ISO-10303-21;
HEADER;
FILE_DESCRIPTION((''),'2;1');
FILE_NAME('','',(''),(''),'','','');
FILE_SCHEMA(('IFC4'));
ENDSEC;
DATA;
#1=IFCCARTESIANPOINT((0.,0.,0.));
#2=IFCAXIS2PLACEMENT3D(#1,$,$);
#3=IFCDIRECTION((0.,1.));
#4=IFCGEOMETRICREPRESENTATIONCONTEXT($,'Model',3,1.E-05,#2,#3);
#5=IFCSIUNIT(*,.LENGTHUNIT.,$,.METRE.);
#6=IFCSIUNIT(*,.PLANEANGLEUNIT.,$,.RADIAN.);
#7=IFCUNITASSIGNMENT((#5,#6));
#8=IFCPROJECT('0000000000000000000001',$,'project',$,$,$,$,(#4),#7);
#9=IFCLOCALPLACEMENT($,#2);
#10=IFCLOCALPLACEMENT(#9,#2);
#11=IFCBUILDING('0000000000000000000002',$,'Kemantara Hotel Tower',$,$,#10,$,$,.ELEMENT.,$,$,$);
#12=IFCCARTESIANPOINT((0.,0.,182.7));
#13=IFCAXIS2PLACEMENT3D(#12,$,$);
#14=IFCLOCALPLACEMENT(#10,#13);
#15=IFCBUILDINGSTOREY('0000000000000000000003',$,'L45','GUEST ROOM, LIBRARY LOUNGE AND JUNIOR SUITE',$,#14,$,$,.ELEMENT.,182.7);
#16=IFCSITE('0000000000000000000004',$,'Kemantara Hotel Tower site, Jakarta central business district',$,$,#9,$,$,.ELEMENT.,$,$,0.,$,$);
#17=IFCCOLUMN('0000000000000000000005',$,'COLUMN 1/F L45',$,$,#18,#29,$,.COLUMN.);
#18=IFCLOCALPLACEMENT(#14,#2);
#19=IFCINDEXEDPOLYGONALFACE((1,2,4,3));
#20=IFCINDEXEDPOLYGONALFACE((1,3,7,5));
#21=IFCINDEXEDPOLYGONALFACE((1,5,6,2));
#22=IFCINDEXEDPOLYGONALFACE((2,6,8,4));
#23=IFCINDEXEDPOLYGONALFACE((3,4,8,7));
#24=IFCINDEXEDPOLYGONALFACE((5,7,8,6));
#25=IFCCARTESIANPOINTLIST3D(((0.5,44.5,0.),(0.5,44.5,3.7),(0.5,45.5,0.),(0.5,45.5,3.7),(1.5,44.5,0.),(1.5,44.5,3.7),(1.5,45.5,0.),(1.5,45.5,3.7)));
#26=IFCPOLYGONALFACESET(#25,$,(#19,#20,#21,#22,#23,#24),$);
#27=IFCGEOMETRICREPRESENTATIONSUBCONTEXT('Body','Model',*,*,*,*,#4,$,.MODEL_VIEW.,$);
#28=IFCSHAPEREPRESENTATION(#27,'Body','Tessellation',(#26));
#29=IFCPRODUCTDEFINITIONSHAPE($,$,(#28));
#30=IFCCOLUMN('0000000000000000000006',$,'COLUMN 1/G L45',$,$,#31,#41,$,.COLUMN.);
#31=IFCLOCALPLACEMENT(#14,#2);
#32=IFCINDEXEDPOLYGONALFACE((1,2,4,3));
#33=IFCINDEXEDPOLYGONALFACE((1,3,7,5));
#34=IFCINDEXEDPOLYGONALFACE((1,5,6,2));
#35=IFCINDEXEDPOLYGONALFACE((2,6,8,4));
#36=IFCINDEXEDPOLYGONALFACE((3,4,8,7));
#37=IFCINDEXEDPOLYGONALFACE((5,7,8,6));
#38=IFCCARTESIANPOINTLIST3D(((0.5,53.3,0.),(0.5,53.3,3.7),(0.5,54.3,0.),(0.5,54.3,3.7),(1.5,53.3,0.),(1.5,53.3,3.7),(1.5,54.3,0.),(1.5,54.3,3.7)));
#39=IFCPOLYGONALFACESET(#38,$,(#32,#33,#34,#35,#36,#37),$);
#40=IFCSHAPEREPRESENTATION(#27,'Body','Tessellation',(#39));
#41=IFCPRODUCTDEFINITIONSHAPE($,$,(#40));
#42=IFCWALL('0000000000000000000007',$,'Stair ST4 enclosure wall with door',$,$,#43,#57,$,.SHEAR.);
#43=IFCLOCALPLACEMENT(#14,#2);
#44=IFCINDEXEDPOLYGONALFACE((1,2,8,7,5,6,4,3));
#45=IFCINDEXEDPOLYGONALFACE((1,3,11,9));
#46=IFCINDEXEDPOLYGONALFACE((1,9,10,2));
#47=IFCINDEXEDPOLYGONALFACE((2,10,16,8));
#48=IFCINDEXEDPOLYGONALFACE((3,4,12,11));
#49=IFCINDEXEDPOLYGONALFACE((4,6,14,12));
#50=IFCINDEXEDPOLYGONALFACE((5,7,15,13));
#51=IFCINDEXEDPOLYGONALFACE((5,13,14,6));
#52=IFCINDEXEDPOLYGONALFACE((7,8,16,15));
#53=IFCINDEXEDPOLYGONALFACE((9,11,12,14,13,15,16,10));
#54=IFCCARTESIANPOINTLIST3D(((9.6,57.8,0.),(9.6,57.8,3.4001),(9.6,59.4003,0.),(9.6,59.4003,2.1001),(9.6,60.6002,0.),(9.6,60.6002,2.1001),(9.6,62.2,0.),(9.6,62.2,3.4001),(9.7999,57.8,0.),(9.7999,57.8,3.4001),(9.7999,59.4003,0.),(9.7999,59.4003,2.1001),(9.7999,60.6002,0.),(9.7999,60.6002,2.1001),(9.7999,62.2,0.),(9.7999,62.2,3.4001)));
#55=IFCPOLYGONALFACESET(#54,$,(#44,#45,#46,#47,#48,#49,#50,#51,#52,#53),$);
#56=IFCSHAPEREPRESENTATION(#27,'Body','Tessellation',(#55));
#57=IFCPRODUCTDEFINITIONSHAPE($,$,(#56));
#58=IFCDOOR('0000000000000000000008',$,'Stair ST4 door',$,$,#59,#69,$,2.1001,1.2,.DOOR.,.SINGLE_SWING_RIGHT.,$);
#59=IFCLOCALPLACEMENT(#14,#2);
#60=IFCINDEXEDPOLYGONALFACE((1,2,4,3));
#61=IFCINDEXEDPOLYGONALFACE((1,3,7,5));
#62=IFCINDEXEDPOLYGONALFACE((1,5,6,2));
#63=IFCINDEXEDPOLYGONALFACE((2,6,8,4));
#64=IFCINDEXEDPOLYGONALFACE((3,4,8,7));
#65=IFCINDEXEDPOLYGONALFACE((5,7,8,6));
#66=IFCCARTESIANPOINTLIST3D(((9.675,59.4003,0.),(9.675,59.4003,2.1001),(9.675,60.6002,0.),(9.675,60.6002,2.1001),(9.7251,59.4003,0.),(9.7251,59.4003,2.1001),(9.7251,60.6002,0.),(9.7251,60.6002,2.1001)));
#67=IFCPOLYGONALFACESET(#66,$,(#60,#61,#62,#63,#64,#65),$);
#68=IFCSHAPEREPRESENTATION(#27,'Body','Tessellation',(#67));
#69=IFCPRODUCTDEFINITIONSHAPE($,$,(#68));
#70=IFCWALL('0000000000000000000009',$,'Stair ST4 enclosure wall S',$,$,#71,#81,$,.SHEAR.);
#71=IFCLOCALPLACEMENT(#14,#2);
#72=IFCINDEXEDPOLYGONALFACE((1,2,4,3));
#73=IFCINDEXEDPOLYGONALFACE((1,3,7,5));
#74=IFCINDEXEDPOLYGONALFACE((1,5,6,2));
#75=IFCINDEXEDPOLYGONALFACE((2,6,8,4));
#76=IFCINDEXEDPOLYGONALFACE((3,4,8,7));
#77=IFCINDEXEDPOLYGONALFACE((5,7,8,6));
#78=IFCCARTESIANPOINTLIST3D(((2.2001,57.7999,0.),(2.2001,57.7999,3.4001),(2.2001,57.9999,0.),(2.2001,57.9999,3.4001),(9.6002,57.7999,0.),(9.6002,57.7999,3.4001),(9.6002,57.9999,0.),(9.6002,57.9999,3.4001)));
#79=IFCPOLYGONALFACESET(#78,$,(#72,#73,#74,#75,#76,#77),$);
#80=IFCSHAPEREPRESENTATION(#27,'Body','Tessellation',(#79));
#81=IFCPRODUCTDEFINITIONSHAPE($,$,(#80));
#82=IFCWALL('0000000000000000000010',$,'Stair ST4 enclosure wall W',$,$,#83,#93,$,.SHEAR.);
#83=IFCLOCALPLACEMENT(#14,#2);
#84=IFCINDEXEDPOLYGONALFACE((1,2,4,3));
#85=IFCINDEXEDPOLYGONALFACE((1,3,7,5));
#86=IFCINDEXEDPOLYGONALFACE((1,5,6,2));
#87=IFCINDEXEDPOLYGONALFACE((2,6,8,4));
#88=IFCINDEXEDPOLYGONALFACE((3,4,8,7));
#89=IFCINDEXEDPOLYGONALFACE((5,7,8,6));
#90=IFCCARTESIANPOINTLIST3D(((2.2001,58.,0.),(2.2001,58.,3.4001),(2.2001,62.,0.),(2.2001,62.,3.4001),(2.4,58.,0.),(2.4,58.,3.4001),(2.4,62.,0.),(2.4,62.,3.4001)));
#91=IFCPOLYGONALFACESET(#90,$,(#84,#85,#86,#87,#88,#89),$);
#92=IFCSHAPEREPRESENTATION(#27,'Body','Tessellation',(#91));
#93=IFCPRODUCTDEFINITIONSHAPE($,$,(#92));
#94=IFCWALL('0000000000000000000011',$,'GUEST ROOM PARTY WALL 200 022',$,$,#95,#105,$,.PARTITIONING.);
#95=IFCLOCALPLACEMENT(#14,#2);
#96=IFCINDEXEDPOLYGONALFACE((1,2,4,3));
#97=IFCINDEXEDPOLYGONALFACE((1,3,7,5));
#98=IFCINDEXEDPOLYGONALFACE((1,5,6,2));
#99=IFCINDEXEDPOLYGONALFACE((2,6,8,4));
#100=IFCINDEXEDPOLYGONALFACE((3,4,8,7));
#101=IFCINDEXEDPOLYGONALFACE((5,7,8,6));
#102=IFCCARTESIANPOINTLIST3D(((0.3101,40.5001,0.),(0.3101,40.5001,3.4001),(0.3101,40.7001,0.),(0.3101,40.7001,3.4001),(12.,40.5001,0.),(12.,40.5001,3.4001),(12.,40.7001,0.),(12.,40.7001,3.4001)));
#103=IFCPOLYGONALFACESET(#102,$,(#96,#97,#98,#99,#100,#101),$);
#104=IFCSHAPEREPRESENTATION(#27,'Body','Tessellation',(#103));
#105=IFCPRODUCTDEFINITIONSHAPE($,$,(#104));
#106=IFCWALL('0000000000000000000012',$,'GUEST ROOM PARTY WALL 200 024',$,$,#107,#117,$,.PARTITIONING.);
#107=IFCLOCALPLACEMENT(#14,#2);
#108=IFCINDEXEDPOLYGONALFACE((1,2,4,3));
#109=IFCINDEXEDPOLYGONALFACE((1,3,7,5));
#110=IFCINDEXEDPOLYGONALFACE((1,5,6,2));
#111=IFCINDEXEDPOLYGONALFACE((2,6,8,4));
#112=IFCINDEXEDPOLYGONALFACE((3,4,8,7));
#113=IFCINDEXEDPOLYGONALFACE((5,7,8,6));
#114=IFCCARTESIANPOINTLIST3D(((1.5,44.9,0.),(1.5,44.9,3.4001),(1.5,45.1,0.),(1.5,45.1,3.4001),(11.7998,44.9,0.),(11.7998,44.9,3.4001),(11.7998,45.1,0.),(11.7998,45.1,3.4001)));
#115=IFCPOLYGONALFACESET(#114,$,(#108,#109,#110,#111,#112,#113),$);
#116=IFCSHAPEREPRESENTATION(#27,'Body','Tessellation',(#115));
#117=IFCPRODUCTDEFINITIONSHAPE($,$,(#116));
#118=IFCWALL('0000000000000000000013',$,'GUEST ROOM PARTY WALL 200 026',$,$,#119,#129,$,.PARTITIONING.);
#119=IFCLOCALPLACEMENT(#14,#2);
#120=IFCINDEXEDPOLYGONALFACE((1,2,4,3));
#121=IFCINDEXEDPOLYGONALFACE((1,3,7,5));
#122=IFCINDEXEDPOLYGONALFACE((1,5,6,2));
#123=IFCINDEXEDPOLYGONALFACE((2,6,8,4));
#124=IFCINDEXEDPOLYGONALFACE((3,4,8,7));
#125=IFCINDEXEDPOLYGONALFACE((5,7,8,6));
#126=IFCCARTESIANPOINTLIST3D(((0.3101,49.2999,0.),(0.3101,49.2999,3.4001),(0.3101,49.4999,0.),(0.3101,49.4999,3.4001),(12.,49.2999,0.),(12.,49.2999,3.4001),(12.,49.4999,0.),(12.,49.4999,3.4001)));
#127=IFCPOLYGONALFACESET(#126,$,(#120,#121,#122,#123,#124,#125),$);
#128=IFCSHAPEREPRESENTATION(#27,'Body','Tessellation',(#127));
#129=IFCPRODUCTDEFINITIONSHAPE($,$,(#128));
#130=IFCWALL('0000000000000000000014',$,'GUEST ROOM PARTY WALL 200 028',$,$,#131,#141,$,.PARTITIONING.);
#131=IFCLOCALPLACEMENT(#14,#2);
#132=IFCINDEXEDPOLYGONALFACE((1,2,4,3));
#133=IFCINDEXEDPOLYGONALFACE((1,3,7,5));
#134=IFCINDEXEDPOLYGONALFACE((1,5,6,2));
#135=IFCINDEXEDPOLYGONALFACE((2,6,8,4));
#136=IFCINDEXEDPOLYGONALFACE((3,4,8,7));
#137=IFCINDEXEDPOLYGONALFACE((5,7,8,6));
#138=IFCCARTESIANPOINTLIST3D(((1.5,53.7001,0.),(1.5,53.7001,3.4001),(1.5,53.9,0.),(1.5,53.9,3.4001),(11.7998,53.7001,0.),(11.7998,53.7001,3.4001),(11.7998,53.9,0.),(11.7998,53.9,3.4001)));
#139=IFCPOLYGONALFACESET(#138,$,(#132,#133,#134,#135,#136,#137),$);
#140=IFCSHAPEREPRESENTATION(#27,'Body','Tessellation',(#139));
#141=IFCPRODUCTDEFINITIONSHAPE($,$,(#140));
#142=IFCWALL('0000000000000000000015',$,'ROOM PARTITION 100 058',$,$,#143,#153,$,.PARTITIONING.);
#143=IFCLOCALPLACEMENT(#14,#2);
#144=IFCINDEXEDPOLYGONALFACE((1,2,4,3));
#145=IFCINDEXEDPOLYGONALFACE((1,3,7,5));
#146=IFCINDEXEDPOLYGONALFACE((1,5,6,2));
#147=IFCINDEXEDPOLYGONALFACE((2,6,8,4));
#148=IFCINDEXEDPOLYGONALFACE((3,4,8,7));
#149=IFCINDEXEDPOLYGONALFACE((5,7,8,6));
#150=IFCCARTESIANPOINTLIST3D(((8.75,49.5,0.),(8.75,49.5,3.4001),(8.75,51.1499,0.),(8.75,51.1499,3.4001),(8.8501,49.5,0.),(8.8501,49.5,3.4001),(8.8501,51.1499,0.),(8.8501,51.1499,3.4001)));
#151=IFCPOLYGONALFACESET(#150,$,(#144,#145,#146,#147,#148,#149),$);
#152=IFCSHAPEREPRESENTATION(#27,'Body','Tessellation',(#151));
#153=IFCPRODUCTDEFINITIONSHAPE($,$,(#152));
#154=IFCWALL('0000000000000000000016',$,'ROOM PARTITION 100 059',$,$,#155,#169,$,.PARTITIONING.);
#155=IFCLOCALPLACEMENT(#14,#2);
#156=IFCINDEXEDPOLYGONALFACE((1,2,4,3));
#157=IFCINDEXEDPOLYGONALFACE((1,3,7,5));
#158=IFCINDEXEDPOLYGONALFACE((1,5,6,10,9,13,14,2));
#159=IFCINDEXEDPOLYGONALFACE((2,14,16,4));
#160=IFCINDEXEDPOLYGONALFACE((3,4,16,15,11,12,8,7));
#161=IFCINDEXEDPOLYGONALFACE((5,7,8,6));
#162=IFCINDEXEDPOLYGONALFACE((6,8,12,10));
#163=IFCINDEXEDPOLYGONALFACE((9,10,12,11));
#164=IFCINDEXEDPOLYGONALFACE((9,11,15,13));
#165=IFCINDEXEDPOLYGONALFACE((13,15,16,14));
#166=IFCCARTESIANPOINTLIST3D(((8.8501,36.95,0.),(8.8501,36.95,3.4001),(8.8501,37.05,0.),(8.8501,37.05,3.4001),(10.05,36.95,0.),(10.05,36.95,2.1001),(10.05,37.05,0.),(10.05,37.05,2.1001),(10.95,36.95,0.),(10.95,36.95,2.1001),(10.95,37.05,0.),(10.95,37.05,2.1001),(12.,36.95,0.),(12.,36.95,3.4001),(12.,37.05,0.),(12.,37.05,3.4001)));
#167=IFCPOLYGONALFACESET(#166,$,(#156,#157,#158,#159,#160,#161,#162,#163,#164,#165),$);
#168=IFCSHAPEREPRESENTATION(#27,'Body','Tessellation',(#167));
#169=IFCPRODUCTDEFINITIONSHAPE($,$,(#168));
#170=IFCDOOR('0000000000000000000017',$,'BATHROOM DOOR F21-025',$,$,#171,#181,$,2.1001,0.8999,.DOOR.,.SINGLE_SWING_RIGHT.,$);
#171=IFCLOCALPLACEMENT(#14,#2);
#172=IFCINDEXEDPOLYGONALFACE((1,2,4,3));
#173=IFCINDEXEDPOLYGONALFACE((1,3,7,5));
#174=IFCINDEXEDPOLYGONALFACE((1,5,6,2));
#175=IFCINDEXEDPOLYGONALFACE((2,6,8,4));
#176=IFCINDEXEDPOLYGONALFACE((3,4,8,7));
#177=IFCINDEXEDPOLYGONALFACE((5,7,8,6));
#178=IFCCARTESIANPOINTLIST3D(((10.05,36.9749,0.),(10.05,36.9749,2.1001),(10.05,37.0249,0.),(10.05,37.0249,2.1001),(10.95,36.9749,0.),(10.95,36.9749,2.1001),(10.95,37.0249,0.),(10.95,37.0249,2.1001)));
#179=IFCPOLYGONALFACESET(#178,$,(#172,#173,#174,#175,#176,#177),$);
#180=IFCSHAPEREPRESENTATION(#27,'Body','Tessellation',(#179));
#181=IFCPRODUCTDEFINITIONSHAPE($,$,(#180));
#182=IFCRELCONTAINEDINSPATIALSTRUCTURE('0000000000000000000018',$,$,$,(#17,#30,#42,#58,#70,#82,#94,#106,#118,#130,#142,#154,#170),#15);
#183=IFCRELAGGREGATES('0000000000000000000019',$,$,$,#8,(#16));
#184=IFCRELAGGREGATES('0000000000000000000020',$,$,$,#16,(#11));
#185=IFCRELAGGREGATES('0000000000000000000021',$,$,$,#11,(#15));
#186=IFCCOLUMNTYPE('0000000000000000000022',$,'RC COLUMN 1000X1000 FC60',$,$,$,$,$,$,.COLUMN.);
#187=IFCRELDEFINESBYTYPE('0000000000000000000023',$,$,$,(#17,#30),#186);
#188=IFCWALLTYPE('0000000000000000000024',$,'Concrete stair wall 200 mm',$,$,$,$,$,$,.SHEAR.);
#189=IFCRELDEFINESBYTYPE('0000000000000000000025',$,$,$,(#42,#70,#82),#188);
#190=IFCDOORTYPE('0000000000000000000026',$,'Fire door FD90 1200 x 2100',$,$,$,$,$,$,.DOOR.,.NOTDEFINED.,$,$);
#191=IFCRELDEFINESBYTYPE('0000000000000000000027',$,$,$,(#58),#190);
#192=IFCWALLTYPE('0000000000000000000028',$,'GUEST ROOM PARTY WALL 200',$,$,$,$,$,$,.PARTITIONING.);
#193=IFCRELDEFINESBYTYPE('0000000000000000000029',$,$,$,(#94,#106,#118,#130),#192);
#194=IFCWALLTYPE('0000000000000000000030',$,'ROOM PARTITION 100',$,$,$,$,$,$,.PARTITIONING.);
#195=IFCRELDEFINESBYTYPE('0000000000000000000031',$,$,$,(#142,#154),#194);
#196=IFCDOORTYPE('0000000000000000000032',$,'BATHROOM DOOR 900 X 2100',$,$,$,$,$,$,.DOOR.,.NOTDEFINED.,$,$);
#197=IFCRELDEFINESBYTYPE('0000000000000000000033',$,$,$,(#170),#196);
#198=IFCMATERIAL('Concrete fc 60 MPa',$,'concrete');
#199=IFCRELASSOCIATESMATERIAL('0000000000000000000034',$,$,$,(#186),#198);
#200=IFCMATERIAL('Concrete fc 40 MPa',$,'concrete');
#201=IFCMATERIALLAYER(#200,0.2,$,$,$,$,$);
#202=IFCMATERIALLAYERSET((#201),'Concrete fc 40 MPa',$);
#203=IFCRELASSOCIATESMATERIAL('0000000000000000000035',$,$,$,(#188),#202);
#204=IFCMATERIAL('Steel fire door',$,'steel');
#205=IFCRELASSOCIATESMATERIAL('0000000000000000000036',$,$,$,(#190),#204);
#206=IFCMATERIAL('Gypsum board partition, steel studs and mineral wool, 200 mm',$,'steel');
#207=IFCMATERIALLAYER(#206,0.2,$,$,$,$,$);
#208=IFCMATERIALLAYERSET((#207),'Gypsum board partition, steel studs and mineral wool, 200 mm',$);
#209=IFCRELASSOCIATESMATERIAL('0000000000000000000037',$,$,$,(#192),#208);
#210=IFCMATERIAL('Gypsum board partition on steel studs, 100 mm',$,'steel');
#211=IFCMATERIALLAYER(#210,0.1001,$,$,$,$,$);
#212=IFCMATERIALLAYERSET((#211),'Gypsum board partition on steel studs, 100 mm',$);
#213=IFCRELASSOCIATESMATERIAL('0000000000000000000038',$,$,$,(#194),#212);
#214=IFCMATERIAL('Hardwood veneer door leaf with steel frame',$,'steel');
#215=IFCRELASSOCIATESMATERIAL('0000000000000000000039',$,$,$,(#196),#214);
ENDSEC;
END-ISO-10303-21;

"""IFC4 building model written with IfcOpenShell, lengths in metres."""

from ifc_helpers import new_model, si_unit, direction, frame, frame_2d, origin, origin_2d, place, context, subcontext, project, spatial, rectangle, extrude, material, layer, layer_set, material_profile, profile_set, type_object, element, fill, save


model = new_model("IFC4")

# Units and contexts
model_context = context("Model", 3, precision=1e-05, world=origin(), true_north=direction((0.0, 1.0)))
body_context = subcontext(model_context, "Body", "Model", "MODEL_VIEW")
ifc_project = project(units=[si_unit("LENGTHUNIT", "METRE"), si_unit("PLANEANGLEUNIT", "RADIAN")], contexts=[model_context])

# Site, building, storey
site_placement = place(None, origin())
site = spatial("IfcSite", under=ifc_project, at=site_placement, Name="Kemantara Hotel Tower site, Jakarta central business district", CompositionType="ELEMENT", RefElevation=0.0)
building_placement = place(site_placement, origin())
building = spatial("IfcBuilding", under=site, at=building_placement, Name="Kemantara Hotel Tower", CompositionType="ELEMENT")
storey_placement = place(building_placement, frame((0.0, 0.0, 182.7)))
storey = spatial("IfcBuildingStorey", under=building, at=storey_placement, Name="L45", Description="GUEST ROOM, LIBRARY LOUNGE AND JUNIOR SUITE", CompositionType="ELEMENT", Elevation=182.7)

# Columns
ifc_material_1 = material(Name="Concrete fc 60 MPa", Category="concrete")
ifc_material_profile = material_profile(ifc_material_1, rectangle(XDim=1.0, YDim=1.0, at=origin_2d()), Name="RC 1000X1000")
ifc_profile_set = profile_set([ifc_material_profile], Name="Concrete fc 60 MPa")
column_type = type_object("IfcColumnType", Name="RC COLUMN 1000X1000 FC60", PredefinedType="COLUMN", material=ifc_profile_set)
for number, where, z_axis, x_axis, name in (
    (1, (1.0, 45.0, 0.0), (0.0, 0.0, 1.0), (1.0, 0.0, 0.0), "COLUMN 1/F L45"),
    (2, (1.0, 53.8, 0.0), (0.0, 0.0, 1.0), (1.0, 0.0, 0.0), "COLUMN 1/G L45"),
):
    element("IfcColumn", number, at=place(storey_placement, frame(where, z_axis=z_axis, x_axis=x_axis)), inside=storey, type_object=column_type, Name=name, PredefinedType="COLUMN", context=body_context, shape_type="SweptSolid", body=[
        extrude(rectangle(XDim=1.0, YDim=1.0, at=origin_2d()), origin(), (0.0, 0.0, 1.0), 3.7),
    ])

# Wall, opening, door
ifc_material_2 = material(Name="Concrete fc 40 MPa", Category="concrete")
ifc_layer_1 = layer(ifc_material_2, 0.2)
ifc_layer_set_1 = layer_set([ifc_layer_1], Name="Concrete fc 40 MPa")
wall_type_1 = type_object("IfcWallType", Name="Concrete stair wall 200 mm", PredefinedType="SHEAR", material=ifc_layer_set_1)
wall_1_placement = place(storey_placement, frame((9.7, 57.8, 0.0), z_axis=(0.0, 0.0, 1.0), x_axis=(0.0, 1.0, 0.0)))
wall_1 = element("IfcWall", 3, at=wall_1_placement, inside=storey, type_object=wall_type_1, Name="Stair ST4 enclosure wall with door", PredefinedType="SHEAR", context=body_context, shape_type="SweptSolid", body=[
    extrude(rectangle(XDim=4.3999, YDim=0.2, at=frame_2d((2.2, 0.0))), origin(), (0.0, 0.0, 1.0), 3.4001),
])
opening_1_placement = place(wall_1_placement, frame((1.6001, 0.0, 0.0)))
opening_1 = element("IfcOpeningElement", 4, at=opening_1_placement, cuts=wall_1, PredefinedType="OPENING", context=body_context, shape_type="SweptSolid", body=[
    extrude(rectangle(XDim=1.2, YDim=2.1001, at=frame_2d((0.6001, 1.05))), frame((0.0, 0.1099, 0.0), z_axis=(0.0, -1.0, 0.0), x_axis=(1.0, 0.0, 0.0)), (0.0, 0.0, 1.0), 0.22),
])
ifc_material_3 = material(Name="Steel fire door", Category="steel")
door_type_1 = type_object("IfcDoorType", Name="Fire door FD90 1200 x 2100", OperationType="NOTDEFINED", PredefinedType="DOOR", material=ifc_material_3)
door_1_placement = place(opening_1_placement, origin())
door_1 = element("IfcDoor", 5, at=door_1_placement, inside=storey, type_object=door_type_1, Name="Stair ST4 door", OperationType="SINGLE_SWING_RIGHT", OverallHeight=2.1001, OverallWidth=1.2, PredefinedType="DOOR", context=body_context, shape_type="SweptSolid", body=[
    extrude(rectangle(XDim=1.2, YDim=2.1001, at=frame_2d((0.6001, 1.05))), frame((0.0, 0.0249, 0.0), z_axis=(0.0, -1.0, 0.0), x_axis=(1.0, 0.0, 0.0)), (0.0, 0.0, 1.0), 0.05),
])
fill(opening_1, door_1)

# Walls
wall_2_placement = place(storey_placement, frame((2.2, 57.8999, 0.0), z_axis=(0.0, 0.0, 1.0), x_axis=(1.0, 0.0, 0.0)))
element("IfcWall", 6, at=wall_2_placement, inside=storey, type_object=wall_type_1, Name="Stair ST4 enclosure wall S", PredefinedType="SHEAR", context=body_context, shape_type="SweptSolid", body=[
    extrude(rectangle(XDim=7.4001, YDim=0.2, at=frame_2d((3.7002, 0.0))), origin(), (0.0, 0.0, 1.0), 3.4001),
])
wall_3_placement = place(storey_placement, frame((2.3, 58.0, 0.0), z_axis=(0.0, 0.0, 1.0), x_axis=(0.0, 1.0, 0.0)))
element("IfcWall", 7, at=wall_3_placement, inside=storey, type_object=wall_type_1, Name="Stair ST4 enclosure wall W", PredefinedType="SHEAR", context=body_context, shape_type="SweptSolid", body=[
    extrude(rectangle(XDim=4.0, YDim=0.2, at=frame_2d((2.0, 0.0))), origin(), (0.0, 0.0, 1.0), 3.4001),
])
ifc_material_4 = material(Name="Gypsum board partition, steel studs and mineral wool, 200 mm", Category="steel")
ifc_layer_2 = layer(ifc_material_4, 0.2)
ifc_layer_set_2 = layer_set([ifc_layer_2], Name="Gypsum board partition, steel studs and mineral wool, 200 mm")
wall_type_2 = type_object("IfcWallType", Name="GUEST ROOM PARTY WALL 200", PredefinedType="PARTITIONING", material=ifc_layer_set_2)
wall_4_placement = place(storey_placement, frame((0.3101, 40.6001, 0.0), z_axis=(0.0, 0.0, 1.0), x_axis=(1.0, 0.0, 0.0)))
element("IfcWall", 8, at=wall_4_placement, inside=storey, type_object=wall_type_2, Name="GUEST ROOM PARTY WALL 200 022", PredefinedType="PARTITIONING", context=body_context, shape_type="SweptSolid", body=[
    extrude(rectangle(XDim=11.6899, YDim=0.2, at=frame_2d((5.845, 0.0))), origin(), (0.0, 0.0, 1.0), 3.4001),
])
wall_5_placement = place(storey_placement, frame((1.5, 45.0, 0.0), z_axis=(0.0, 0.0, 1.0), x_axis=(1.0, 0.0, 0.0)))
element("IfcWall", 9, at=wall_5_placement, inside=storey, type_object=wall_type_2, Name="GUEST ROOM PARTY WALL 200 024", PredefinedType="PARTITIONING", context=body_context, shape_type="SweptSolid", body=[
    extrude(rectangle(XDim=10.2998, YDim=0.2, at=frame_2d((5.1499, 0.0))), origin(), (0.0, 0.0, 1.0), 3.4001),
])
wall_6_placement = place(storey_placement, frame((0.3101, 49.3999, 0.0), z_axis=(0.0, 0.0, 1.0), x_axis=(1.0, 0.0, 0.0)))
element("IfcWall", 10, at=wall_6_placement, inside=storey, type_object=wall_type_2, Name="GUEST ROOM PARTY WALL 200 026", PredefinedType="PARTITIONING", context=body_context, shape_type="SweptSolid", body=[
    extrude(rectangle(XDim=11.6899, YDim=0.2, at=frame_2d((5.845, 0.0))), origin(), (0.0, 0.0, 1.0), 3.4001),
])
wall_7_placement = place(storey_placement, frame((1.5, 53.8, 0.0), z_axis=(0.0, 0.0, 1.0), x_axis=(1.0, 0.0, 0.0)))
element("IfcWall", 11, at=wall_7_placement, inside=storey, type_object=wall_type_2, Name="GUEST ROOM PARTY WALL 200 028", PredefinedType="PARTITIONING", context=body_context, shape_type="SweptSolid", body=[
    extrude(rectangle(XDim=10.2998, YDim=0.2, at=frame_2d((5.1499, 0.0))), origin(), (0.0, 0.0, 1.0), 3.4001),
])
ifc_material_5 = material(Name="Gypsum board partition on steel studs, 100 mm", Category="steel")
ifc_layer_3 = layer(ifc_material_5, 0.1001)
ifc_layer_set_3 = layer_set([ifc_layer_3], Name="Gypsum board partition on steel studs, 100 mm")
wall_type_3 = type_object("IfcWallType", Name="ROOM PARTITION 100", PredefinedType="PARTITIONING", material=ifc_layer_set_3)
wall_8_placement = place(storey_placement, frame((8.8, 49.5, 0.0), z_axis=(0.0, 0.0, 1.0), x_axis=(0.0, 1.0, 0.0)))
element("IfcWall", 12, at=wall_8_placement, inside=storey, type_object=wall_type_3, Name="ROOM PARTITION 100 058", PredefinedType="PARTITIONING", context=body_context, shape_type="SweptSolid", body=[
    extrude(rectangle(XDim=1.6499, YDim=0.1001, at=frame_2d((0.825, 0.0))), origin(), (0.0, 0.0, 1.0), 3.4001),
])

# Wall, opening, door
wall_9_placement = place(storey_placement, frame((8.8501, 37.0, 0.0), z_axis=(0.0, 0.0, 1.0), x_axis=(1.0, 0.0, 0.0)))
wall_9 = element("IfcWall", 13, at=wall_9_placement, inside=storey, type_object=wall_type_3, Name="ROOM PARTITION 100 059", PredefinedType="PARTITIONING", context=body_context, shape_type="SweptSolid", body=[
    extrude(rectangle(XDim=3.1499, YDim=0.1001, at=frame_2d((1.575, 0.0))), origin(), (0.0, 0.0, 1.0), 3.4001),
])
opening_2_placement = place(wall_9_placement, frame((1.2, 0.0, 0.0)))
opening_2 = element("IfcOpeningElement", 14, at=opening_2_placement, cuts=wall_9, PredefinedType="OPENING", context=body_context, shape_type="SweptSolid", body=[
    extrude(rectangle(XDim=0.8999, YDim=2.1001, at=frame_2d((0.45, 1.05))), frame((0.0, 0.0601, 0.0), z_axis=(0.0, -1.0, 0.0), x_axis=(1.0, 0.0, 0.0)), (0.0, 0.0, 1.0), 0.1201),
])
ifc_material_6 = material(Name="Hardwood veneer door leaf with steel frame", Category="steel")
door_type_2 = type_object("IfcDoorType", Name="BATHROOM DOOR 900 X 2100", OperationType="NOTDEFINED", PredefinedType="DOOR", material=ifc_material_6)
door_2_placement = place(opening_2_placement, origin())
door_2 = element("IfcDoor", 15, at=door_2_placement, inside=storey, type_object=door_type_2, Name="BATHROOM DOOR F21-025", OperationType="SINGLE_SWING_RIGHT", OverallHeight=2.1001, OverallWidth=0.8999, PredefinedType="DOOR", context=body_context, shape_type="SweptSolid", body=[
    extrude(rectangle(XDim=0.8999, YDim=2.1001, at=frame_2d((0.45, 1.05))), frame((0.0, 0.0249, 0.0), z_axis=(0.0, -1.0, 0.0), x_axis=(1.0, 0.0, 0.0)), (0.0, 0.0, 1.0), 0.05),
])
fill(opening_2, door_2)

save(model, "model.ifc")
